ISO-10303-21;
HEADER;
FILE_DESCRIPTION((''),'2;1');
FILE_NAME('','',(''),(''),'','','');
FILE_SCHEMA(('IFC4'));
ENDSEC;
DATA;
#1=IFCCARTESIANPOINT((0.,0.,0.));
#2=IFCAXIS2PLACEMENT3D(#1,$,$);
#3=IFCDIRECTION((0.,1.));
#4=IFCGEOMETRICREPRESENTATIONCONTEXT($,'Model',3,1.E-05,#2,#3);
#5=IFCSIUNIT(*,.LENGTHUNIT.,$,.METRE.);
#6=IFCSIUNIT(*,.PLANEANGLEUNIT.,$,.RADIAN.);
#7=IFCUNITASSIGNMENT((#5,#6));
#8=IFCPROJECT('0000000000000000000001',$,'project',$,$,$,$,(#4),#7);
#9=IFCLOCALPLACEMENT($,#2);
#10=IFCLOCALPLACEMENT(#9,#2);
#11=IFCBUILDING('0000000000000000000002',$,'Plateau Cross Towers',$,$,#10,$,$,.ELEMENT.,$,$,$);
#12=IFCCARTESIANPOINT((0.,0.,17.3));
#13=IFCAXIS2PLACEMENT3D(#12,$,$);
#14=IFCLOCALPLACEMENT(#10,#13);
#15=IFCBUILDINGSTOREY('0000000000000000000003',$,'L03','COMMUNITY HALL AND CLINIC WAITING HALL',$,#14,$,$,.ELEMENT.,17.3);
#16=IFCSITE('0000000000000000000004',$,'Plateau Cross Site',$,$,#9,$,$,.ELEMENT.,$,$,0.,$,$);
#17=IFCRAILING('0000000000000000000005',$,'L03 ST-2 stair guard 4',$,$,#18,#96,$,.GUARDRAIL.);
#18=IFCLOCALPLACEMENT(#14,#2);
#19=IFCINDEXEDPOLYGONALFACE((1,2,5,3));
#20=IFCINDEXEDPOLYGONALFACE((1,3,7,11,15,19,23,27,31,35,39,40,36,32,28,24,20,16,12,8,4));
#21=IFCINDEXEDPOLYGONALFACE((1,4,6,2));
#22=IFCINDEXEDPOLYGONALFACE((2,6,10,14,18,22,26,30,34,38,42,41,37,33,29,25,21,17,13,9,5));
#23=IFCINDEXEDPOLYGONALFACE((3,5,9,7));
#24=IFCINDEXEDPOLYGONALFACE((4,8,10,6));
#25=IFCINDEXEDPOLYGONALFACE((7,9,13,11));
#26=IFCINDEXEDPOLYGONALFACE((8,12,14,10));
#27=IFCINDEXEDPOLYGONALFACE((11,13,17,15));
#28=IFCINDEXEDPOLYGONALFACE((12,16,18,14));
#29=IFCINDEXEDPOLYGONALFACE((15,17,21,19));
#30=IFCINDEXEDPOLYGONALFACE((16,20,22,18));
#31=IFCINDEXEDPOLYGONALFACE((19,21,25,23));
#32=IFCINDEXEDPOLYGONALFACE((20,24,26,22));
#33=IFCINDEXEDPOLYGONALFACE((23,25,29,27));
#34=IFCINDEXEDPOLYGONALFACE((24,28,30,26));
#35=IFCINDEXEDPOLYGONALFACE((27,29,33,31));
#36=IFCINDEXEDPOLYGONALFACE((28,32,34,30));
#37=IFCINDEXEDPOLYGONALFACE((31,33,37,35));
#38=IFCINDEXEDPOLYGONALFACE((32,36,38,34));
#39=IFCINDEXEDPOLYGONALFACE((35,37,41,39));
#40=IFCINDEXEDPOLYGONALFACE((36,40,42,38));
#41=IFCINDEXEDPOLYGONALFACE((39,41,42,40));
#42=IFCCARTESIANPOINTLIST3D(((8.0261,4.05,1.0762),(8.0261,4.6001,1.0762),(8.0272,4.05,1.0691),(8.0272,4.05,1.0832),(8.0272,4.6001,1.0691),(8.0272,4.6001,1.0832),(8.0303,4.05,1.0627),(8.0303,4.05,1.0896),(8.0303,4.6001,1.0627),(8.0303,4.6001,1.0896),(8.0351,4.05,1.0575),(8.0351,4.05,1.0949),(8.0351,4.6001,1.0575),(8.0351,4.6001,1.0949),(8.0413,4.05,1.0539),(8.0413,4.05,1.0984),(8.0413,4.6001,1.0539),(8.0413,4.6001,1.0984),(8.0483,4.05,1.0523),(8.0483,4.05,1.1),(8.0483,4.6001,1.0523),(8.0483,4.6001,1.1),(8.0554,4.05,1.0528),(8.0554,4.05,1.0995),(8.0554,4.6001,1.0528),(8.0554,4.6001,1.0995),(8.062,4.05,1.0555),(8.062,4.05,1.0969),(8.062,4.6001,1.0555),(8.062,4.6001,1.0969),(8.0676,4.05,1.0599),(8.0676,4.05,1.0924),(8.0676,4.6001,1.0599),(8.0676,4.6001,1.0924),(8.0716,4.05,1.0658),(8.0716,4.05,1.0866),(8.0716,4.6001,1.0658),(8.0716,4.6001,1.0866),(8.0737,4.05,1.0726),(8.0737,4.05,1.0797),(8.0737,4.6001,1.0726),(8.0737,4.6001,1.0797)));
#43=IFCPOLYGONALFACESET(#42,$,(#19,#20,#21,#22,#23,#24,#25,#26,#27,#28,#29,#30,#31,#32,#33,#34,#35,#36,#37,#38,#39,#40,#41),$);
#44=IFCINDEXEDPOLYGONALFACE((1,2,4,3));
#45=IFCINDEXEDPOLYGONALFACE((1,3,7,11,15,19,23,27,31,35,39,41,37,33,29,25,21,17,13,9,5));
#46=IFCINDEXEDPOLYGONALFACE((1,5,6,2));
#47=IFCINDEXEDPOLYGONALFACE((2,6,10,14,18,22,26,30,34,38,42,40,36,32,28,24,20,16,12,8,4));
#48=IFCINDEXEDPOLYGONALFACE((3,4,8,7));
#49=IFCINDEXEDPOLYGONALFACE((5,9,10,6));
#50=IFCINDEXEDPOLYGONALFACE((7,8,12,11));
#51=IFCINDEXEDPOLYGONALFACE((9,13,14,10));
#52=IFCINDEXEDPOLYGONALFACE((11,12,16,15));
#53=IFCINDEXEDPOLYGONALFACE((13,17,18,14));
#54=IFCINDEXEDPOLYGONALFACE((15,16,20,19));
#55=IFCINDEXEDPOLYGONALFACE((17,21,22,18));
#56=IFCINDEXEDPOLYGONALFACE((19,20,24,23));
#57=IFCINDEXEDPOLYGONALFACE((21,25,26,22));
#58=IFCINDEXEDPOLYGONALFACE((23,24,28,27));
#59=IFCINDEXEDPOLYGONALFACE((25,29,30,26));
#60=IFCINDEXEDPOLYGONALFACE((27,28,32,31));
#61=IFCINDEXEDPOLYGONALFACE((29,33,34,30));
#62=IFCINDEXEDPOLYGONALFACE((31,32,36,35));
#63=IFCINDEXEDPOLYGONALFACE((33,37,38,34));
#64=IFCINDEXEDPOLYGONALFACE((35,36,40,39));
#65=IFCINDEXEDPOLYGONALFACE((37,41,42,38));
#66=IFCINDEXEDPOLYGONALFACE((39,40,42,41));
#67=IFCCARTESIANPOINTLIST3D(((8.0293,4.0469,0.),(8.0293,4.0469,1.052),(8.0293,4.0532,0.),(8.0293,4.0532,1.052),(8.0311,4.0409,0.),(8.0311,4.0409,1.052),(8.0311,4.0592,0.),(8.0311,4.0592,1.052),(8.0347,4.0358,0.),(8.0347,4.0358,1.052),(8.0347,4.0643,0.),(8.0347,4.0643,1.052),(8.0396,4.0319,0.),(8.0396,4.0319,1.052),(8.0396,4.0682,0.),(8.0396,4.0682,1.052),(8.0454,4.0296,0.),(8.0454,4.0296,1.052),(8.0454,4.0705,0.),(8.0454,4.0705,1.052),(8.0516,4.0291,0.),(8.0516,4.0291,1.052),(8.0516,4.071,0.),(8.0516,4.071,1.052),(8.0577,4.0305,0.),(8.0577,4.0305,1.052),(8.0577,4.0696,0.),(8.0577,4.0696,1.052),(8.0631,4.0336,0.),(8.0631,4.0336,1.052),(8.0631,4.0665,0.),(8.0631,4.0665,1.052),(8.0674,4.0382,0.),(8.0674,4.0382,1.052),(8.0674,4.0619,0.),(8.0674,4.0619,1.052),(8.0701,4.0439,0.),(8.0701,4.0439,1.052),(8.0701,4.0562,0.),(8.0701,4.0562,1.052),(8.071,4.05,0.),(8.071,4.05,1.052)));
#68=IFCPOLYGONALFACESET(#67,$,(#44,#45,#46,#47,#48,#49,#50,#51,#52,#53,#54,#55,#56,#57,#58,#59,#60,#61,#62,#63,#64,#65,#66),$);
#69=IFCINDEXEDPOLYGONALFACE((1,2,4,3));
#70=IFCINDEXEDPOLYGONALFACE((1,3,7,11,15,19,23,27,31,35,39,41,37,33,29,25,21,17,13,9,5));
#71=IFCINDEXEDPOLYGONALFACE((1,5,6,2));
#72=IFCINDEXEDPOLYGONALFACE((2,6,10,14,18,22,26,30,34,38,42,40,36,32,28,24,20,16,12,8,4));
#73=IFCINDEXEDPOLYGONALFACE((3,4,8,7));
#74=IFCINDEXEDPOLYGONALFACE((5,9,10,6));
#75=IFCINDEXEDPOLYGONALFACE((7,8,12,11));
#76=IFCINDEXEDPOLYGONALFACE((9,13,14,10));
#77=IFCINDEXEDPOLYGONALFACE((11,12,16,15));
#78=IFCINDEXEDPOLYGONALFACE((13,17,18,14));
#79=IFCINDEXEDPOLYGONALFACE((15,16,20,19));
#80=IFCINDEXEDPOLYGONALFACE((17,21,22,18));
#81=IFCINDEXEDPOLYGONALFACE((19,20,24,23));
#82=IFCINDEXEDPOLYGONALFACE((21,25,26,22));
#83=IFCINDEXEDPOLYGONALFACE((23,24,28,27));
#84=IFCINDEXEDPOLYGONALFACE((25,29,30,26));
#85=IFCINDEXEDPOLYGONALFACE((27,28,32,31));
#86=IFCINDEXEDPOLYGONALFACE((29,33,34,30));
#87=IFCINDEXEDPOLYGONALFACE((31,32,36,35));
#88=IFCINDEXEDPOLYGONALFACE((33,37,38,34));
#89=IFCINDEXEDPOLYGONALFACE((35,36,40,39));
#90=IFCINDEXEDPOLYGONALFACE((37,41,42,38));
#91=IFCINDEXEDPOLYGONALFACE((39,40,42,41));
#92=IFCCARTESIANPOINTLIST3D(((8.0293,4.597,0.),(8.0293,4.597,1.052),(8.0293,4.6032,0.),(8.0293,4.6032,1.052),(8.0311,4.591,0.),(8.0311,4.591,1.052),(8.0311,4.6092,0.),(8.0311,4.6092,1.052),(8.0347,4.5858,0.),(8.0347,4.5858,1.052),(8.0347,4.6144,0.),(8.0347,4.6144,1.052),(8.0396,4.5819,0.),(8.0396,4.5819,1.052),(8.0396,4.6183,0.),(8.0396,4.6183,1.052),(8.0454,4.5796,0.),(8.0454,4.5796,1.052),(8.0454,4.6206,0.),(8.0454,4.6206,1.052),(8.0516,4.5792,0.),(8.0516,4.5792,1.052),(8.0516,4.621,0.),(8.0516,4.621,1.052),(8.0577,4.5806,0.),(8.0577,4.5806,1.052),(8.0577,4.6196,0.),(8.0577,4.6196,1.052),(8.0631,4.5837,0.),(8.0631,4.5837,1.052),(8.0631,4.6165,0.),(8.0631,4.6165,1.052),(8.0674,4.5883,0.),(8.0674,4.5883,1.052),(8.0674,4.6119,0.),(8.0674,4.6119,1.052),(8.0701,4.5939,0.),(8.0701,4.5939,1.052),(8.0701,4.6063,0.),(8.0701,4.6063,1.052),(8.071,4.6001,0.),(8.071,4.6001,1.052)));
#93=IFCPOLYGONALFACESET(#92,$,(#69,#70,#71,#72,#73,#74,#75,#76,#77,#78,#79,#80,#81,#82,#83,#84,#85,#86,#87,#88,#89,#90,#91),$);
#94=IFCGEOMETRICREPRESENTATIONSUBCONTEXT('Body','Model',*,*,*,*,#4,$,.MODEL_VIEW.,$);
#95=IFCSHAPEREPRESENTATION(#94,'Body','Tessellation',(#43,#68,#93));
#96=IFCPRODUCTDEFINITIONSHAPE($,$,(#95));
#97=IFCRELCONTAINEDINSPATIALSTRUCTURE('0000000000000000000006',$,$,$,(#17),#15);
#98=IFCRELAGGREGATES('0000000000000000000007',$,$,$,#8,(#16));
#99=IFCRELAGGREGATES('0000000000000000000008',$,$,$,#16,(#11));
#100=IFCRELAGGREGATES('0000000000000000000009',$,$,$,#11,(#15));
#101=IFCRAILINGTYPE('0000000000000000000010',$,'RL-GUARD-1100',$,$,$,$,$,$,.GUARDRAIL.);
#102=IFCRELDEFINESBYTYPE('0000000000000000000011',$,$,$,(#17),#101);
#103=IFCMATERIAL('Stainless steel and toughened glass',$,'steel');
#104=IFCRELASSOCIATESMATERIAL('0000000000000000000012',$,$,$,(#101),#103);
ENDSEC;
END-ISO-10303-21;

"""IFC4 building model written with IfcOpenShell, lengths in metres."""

from ifc_helpers import new_model, si_unit, direction, frame, origin, origin_2d, place, context, subcontext, project, spatial, circle, extrude, material, type_object, element, save


model = new_model("IFC4")

# Units and contexts
model_context = context("Model", 3, precision=1e-05, world=origin(), true_north=direction((0.0, 1.0)))
body_context = subcontext(model_context, "Body", "Model", "MODEL_VIEW")
ifc_project = project(units=[si_unit("LENGTHUNIT", "METRE"), si_unit("PLANEANGLEUNIT", "RADIAN")], contexts=[model_context])

# Site, building, storey
site_placement = place(None, origin())
site = spatial("IfcSite", under=ifc_project, at=site_placement, Name="Plateau Cross Site", CompositionType="ELEMENT", RefElevation=0.0)
building_placement = place(site_placement, origin())
building = spatial("IfcBuilding", under=site, at=building_placement, Name="Plateau Cross Towers", CompositionType="ELEMENT")
storey_placement = place(building_placement, frame((0.0, 0.0, 17.3)))
storey = spatial("IfcBuildingStorey", under=building, at=storey_placement, Name="L03", Description="COMMUNITY HALL AND CLINIC WAITING HALL", CompositionType="ELEMENT", Elevation=17.3)

# Railing
ifc_material_1 = material(Name="Stainless steel and toughened glass", Category="steel")
railing_type_1 = type_object("IfcRailingType", Name="RL-GUARD-1100", PredefinedType="GUARDRAIL", material=ifc_material_1)
railing_1_placement = place(storey_placement, frame((8.05, 4.05, 0.0)))
element("IfcRailing", 1, at=railing_1_placement, inside=storey, type_object=railing_type_1, Name="L03 ST-2 stair guard 4", PredefinedType="GUARDRAIL", context=body_context, shape_type="SweptSolid", body=[
    extrude(circle(Radius=0.0239, at=origin_2d()), frame((0.0, 0.0, 1.0762), z_axis=(0.0, 1.0, 0.0), x_axis=(-1.0, 0.0, 0.0)), (0.0, 0.0, 1.0), 0.55),
    extrude(circle(Radius=0.021, at=origin_2d()), origin(), (0.0, 0.0, 1.0), 1.052),
    extrude(circle(Radius=0.021, at=origin_2d()), frame((0.0, 0.55, 0.0)), (0.0, 0.0, 1.0), 1.052),
])

save(model, "model.ifc")
